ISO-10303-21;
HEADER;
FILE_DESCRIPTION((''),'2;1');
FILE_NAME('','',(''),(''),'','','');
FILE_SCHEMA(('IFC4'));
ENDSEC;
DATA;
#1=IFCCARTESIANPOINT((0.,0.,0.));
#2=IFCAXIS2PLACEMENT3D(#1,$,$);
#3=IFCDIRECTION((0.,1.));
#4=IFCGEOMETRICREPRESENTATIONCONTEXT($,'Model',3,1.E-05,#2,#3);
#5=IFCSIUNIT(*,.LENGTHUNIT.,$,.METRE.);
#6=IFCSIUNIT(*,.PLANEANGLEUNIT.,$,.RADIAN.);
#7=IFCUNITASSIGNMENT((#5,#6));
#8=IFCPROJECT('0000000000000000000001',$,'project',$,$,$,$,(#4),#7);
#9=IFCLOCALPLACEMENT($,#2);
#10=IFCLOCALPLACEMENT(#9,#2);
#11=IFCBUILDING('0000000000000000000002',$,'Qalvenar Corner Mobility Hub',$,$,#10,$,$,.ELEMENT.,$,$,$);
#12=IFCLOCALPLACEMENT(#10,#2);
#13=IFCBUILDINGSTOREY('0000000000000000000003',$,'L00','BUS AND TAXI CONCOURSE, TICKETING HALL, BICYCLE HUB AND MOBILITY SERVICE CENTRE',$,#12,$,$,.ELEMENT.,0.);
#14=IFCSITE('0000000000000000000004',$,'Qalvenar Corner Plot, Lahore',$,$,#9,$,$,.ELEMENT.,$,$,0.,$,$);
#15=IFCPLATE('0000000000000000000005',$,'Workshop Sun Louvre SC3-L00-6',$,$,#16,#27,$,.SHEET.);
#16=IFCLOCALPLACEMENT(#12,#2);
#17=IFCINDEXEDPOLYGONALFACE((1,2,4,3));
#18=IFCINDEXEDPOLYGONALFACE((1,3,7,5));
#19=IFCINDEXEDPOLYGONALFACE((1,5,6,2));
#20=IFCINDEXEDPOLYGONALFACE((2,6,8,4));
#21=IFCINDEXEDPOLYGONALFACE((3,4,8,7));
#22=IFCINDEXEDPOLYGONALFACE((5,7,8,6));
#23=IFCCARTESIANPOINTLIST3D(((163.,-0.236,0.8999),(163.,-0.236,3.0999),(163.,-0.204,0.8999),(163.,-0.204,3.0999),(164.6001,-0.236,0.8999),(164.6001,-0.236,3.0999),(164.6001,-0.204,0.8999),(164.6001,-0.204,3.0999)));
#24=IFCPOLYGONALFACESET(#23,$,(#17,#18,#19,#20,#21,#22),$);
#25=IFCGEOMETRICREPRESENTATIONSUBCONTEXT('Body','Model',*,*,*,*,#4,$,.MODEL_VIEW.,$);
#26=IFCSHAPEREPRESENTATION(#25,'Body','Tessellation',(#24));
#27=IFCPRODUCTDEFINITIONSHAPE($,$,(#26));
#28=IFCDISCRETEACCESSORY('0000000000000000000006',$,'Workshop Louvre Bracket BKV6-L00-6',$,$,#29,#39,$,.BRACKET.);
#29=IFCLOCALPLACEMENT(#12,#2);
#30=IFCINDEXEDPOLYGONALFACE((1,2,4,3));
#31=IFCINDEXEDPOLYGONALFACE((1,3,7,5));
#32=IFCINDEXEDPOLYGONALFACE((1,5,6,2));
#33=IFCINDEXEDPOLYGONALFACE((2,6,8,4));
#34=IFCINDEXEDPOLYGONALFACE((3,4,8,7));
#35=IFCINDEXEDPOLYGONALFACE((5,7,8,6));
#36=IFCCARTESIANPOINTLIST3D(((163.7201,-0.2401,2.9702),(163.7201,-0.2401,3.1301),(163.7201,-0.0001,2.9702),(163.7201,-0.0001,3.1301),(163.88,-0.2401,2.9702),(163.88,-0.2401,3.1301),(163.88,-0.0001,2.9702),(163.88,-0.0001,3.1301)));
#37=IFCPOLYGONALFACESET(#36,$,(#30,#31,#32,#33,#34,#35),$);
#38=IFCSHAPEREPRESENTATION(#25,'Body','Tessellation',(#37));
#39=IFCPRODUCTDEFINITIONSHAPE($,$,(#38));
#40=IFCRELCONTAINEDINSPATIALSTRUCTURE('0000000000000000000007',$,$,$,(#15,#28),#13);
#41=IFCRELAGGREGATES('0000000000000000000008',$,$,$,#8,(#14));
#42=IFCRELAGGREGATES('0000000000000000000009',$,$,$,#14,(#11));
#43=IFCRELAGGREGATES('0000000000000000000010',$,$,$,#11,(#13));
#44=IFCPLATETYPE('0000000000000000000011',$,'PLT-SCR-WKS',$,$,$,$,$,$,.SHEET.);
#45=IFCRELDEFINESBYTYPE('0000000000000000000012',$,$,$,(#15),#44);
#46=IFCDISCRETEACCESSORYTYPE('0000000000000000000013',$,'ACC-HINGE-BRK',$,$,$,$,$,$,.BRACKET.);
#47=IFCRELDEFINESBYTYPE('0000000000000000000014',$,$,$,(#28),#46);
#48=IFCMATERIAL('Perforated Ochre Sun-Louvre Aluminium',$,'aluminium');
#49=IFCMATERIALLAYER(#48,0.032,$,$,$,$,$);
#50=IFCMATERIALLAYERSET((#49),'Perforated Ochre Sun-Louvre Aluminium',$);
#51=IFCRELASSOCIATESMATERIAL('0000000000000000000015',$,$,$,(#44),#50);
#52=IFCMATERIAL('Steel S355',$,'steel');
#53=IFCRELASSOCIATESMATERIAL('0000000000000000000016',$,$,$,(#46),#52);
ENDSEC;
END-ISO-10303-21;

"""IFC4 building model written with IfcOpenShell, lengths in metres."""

from ifc_helpers import new_model, si_unit, direction, frame, origin, origin_2d, place, context, subcontext, project, spatial, rectangle, extrude, material, layer, layer_set, type_object, element, save


model = new_model("IFC4")

# Units and contexts
model_context = context("Model", 3, precision=1e-05, world=origin(), true_north=direction((0.0, 1.0)))
body_context = subcontext(model_context, "Body", "Model", "MODEL_VIEW")
ifc_project = project(units=[si_unit("LENGTHUNIT", "METRE"), si_unit("PLANEANGLEUNIT", "RADIAN")], contexts=[model_context])

# Site, building, storey
site_placement = place(None, origin())
site = spatial("IfcSite", under=ifc_project, at=site_placement, Name="Qalvenar Corner Plot, Lahore", CompositionType="ELEMENT", RefElevation=0.0)
building_placement = place(site_placement, origin())
building = spatial("IfcBuilding", under=site, at=building_placement, Name="Qalvenar Corner Mobility Hub", CompositionType="ELEMENT")
storey_placement = place(building_placement, origin())
storey = spatial("IfcBuildingStorey", under=building, at=storey_placement, Name="L00", Description="BUS AND TAXI CONCOURSE, TICKETING HALL, BICYCLE HUB AND MOBILITY SERVICE CENTRE", CompositionType="ELEMENT", Elevation=0.0)

# Shared definitions
ifc_material_1 = material(Name="Steel S355", Category="steel")

# Plate
ifc_material_2 = material(Name="Perforated Ochre Sun-Louvre Aluminium", Category="aluminium")
ifc_layer_1 = layer(ifc_material_2, 0.032)
ifc_layer_set_1 = layer_set([ifc_layer_1], Name="Perforated Ochre Sun-Louvre Aluminium")
plate_type_1 = type_object("IfcPlateType", Name="PLT-SCR-WKS", PredefinedType="SHEET", material=ifc_layer_set_1)
plate_1_placement = place(storey_placement, frame((163.8, -0.22, 0.8999), z_axis=(0.0, 0.0, 1.0), x_axis=(1.0, 0.0, 0.0)))
element("IfcPlate", 1, at=plate_1_placement, inside=storey, type_object=plate_type_1, Name="Workshop Sun Louvre SC3-L00-6", PredefinedType="SHEET", context=body_context, shape_type="SweptSolid", body=[
    extrude(rectangle(XDim=1.6001, YDim=0.032, at=origin_2d()), origin(), (0.0, 0.0, 1.0), 2.2),
])

# Discrete accessory
discrete_accessory_type = type_object("IfcDiscreteAccessoryType", Name="ACC-HINGE-BRK", PredefinedType="BRACKET", material=ifc_material_1)
discrete_accessory_placement = place(storey_placement, frame((163.8, -0.1201, 2.9702), z_axis=(0.0, 0.0, 1.0), x_axis=(1.0, 0.0, 0.0)))
element("IfcDiscreteAccessory", 2, at=discrete_accessory_placement, inside=storey, type_object=discrete_accessory_type, Name="Workshop Louvre Bracket BKV6-L00-6", PredefinedType="BRACKET", context=body_context, shape_type="SweptSolid", body=[
    extrude(rectangle(XDim=0.1599, YDim=0.24, at=origin_2d()), origin(), (0.0, 0.0, 1.0), 0.1599),
])

save(model, "model.ifc")
